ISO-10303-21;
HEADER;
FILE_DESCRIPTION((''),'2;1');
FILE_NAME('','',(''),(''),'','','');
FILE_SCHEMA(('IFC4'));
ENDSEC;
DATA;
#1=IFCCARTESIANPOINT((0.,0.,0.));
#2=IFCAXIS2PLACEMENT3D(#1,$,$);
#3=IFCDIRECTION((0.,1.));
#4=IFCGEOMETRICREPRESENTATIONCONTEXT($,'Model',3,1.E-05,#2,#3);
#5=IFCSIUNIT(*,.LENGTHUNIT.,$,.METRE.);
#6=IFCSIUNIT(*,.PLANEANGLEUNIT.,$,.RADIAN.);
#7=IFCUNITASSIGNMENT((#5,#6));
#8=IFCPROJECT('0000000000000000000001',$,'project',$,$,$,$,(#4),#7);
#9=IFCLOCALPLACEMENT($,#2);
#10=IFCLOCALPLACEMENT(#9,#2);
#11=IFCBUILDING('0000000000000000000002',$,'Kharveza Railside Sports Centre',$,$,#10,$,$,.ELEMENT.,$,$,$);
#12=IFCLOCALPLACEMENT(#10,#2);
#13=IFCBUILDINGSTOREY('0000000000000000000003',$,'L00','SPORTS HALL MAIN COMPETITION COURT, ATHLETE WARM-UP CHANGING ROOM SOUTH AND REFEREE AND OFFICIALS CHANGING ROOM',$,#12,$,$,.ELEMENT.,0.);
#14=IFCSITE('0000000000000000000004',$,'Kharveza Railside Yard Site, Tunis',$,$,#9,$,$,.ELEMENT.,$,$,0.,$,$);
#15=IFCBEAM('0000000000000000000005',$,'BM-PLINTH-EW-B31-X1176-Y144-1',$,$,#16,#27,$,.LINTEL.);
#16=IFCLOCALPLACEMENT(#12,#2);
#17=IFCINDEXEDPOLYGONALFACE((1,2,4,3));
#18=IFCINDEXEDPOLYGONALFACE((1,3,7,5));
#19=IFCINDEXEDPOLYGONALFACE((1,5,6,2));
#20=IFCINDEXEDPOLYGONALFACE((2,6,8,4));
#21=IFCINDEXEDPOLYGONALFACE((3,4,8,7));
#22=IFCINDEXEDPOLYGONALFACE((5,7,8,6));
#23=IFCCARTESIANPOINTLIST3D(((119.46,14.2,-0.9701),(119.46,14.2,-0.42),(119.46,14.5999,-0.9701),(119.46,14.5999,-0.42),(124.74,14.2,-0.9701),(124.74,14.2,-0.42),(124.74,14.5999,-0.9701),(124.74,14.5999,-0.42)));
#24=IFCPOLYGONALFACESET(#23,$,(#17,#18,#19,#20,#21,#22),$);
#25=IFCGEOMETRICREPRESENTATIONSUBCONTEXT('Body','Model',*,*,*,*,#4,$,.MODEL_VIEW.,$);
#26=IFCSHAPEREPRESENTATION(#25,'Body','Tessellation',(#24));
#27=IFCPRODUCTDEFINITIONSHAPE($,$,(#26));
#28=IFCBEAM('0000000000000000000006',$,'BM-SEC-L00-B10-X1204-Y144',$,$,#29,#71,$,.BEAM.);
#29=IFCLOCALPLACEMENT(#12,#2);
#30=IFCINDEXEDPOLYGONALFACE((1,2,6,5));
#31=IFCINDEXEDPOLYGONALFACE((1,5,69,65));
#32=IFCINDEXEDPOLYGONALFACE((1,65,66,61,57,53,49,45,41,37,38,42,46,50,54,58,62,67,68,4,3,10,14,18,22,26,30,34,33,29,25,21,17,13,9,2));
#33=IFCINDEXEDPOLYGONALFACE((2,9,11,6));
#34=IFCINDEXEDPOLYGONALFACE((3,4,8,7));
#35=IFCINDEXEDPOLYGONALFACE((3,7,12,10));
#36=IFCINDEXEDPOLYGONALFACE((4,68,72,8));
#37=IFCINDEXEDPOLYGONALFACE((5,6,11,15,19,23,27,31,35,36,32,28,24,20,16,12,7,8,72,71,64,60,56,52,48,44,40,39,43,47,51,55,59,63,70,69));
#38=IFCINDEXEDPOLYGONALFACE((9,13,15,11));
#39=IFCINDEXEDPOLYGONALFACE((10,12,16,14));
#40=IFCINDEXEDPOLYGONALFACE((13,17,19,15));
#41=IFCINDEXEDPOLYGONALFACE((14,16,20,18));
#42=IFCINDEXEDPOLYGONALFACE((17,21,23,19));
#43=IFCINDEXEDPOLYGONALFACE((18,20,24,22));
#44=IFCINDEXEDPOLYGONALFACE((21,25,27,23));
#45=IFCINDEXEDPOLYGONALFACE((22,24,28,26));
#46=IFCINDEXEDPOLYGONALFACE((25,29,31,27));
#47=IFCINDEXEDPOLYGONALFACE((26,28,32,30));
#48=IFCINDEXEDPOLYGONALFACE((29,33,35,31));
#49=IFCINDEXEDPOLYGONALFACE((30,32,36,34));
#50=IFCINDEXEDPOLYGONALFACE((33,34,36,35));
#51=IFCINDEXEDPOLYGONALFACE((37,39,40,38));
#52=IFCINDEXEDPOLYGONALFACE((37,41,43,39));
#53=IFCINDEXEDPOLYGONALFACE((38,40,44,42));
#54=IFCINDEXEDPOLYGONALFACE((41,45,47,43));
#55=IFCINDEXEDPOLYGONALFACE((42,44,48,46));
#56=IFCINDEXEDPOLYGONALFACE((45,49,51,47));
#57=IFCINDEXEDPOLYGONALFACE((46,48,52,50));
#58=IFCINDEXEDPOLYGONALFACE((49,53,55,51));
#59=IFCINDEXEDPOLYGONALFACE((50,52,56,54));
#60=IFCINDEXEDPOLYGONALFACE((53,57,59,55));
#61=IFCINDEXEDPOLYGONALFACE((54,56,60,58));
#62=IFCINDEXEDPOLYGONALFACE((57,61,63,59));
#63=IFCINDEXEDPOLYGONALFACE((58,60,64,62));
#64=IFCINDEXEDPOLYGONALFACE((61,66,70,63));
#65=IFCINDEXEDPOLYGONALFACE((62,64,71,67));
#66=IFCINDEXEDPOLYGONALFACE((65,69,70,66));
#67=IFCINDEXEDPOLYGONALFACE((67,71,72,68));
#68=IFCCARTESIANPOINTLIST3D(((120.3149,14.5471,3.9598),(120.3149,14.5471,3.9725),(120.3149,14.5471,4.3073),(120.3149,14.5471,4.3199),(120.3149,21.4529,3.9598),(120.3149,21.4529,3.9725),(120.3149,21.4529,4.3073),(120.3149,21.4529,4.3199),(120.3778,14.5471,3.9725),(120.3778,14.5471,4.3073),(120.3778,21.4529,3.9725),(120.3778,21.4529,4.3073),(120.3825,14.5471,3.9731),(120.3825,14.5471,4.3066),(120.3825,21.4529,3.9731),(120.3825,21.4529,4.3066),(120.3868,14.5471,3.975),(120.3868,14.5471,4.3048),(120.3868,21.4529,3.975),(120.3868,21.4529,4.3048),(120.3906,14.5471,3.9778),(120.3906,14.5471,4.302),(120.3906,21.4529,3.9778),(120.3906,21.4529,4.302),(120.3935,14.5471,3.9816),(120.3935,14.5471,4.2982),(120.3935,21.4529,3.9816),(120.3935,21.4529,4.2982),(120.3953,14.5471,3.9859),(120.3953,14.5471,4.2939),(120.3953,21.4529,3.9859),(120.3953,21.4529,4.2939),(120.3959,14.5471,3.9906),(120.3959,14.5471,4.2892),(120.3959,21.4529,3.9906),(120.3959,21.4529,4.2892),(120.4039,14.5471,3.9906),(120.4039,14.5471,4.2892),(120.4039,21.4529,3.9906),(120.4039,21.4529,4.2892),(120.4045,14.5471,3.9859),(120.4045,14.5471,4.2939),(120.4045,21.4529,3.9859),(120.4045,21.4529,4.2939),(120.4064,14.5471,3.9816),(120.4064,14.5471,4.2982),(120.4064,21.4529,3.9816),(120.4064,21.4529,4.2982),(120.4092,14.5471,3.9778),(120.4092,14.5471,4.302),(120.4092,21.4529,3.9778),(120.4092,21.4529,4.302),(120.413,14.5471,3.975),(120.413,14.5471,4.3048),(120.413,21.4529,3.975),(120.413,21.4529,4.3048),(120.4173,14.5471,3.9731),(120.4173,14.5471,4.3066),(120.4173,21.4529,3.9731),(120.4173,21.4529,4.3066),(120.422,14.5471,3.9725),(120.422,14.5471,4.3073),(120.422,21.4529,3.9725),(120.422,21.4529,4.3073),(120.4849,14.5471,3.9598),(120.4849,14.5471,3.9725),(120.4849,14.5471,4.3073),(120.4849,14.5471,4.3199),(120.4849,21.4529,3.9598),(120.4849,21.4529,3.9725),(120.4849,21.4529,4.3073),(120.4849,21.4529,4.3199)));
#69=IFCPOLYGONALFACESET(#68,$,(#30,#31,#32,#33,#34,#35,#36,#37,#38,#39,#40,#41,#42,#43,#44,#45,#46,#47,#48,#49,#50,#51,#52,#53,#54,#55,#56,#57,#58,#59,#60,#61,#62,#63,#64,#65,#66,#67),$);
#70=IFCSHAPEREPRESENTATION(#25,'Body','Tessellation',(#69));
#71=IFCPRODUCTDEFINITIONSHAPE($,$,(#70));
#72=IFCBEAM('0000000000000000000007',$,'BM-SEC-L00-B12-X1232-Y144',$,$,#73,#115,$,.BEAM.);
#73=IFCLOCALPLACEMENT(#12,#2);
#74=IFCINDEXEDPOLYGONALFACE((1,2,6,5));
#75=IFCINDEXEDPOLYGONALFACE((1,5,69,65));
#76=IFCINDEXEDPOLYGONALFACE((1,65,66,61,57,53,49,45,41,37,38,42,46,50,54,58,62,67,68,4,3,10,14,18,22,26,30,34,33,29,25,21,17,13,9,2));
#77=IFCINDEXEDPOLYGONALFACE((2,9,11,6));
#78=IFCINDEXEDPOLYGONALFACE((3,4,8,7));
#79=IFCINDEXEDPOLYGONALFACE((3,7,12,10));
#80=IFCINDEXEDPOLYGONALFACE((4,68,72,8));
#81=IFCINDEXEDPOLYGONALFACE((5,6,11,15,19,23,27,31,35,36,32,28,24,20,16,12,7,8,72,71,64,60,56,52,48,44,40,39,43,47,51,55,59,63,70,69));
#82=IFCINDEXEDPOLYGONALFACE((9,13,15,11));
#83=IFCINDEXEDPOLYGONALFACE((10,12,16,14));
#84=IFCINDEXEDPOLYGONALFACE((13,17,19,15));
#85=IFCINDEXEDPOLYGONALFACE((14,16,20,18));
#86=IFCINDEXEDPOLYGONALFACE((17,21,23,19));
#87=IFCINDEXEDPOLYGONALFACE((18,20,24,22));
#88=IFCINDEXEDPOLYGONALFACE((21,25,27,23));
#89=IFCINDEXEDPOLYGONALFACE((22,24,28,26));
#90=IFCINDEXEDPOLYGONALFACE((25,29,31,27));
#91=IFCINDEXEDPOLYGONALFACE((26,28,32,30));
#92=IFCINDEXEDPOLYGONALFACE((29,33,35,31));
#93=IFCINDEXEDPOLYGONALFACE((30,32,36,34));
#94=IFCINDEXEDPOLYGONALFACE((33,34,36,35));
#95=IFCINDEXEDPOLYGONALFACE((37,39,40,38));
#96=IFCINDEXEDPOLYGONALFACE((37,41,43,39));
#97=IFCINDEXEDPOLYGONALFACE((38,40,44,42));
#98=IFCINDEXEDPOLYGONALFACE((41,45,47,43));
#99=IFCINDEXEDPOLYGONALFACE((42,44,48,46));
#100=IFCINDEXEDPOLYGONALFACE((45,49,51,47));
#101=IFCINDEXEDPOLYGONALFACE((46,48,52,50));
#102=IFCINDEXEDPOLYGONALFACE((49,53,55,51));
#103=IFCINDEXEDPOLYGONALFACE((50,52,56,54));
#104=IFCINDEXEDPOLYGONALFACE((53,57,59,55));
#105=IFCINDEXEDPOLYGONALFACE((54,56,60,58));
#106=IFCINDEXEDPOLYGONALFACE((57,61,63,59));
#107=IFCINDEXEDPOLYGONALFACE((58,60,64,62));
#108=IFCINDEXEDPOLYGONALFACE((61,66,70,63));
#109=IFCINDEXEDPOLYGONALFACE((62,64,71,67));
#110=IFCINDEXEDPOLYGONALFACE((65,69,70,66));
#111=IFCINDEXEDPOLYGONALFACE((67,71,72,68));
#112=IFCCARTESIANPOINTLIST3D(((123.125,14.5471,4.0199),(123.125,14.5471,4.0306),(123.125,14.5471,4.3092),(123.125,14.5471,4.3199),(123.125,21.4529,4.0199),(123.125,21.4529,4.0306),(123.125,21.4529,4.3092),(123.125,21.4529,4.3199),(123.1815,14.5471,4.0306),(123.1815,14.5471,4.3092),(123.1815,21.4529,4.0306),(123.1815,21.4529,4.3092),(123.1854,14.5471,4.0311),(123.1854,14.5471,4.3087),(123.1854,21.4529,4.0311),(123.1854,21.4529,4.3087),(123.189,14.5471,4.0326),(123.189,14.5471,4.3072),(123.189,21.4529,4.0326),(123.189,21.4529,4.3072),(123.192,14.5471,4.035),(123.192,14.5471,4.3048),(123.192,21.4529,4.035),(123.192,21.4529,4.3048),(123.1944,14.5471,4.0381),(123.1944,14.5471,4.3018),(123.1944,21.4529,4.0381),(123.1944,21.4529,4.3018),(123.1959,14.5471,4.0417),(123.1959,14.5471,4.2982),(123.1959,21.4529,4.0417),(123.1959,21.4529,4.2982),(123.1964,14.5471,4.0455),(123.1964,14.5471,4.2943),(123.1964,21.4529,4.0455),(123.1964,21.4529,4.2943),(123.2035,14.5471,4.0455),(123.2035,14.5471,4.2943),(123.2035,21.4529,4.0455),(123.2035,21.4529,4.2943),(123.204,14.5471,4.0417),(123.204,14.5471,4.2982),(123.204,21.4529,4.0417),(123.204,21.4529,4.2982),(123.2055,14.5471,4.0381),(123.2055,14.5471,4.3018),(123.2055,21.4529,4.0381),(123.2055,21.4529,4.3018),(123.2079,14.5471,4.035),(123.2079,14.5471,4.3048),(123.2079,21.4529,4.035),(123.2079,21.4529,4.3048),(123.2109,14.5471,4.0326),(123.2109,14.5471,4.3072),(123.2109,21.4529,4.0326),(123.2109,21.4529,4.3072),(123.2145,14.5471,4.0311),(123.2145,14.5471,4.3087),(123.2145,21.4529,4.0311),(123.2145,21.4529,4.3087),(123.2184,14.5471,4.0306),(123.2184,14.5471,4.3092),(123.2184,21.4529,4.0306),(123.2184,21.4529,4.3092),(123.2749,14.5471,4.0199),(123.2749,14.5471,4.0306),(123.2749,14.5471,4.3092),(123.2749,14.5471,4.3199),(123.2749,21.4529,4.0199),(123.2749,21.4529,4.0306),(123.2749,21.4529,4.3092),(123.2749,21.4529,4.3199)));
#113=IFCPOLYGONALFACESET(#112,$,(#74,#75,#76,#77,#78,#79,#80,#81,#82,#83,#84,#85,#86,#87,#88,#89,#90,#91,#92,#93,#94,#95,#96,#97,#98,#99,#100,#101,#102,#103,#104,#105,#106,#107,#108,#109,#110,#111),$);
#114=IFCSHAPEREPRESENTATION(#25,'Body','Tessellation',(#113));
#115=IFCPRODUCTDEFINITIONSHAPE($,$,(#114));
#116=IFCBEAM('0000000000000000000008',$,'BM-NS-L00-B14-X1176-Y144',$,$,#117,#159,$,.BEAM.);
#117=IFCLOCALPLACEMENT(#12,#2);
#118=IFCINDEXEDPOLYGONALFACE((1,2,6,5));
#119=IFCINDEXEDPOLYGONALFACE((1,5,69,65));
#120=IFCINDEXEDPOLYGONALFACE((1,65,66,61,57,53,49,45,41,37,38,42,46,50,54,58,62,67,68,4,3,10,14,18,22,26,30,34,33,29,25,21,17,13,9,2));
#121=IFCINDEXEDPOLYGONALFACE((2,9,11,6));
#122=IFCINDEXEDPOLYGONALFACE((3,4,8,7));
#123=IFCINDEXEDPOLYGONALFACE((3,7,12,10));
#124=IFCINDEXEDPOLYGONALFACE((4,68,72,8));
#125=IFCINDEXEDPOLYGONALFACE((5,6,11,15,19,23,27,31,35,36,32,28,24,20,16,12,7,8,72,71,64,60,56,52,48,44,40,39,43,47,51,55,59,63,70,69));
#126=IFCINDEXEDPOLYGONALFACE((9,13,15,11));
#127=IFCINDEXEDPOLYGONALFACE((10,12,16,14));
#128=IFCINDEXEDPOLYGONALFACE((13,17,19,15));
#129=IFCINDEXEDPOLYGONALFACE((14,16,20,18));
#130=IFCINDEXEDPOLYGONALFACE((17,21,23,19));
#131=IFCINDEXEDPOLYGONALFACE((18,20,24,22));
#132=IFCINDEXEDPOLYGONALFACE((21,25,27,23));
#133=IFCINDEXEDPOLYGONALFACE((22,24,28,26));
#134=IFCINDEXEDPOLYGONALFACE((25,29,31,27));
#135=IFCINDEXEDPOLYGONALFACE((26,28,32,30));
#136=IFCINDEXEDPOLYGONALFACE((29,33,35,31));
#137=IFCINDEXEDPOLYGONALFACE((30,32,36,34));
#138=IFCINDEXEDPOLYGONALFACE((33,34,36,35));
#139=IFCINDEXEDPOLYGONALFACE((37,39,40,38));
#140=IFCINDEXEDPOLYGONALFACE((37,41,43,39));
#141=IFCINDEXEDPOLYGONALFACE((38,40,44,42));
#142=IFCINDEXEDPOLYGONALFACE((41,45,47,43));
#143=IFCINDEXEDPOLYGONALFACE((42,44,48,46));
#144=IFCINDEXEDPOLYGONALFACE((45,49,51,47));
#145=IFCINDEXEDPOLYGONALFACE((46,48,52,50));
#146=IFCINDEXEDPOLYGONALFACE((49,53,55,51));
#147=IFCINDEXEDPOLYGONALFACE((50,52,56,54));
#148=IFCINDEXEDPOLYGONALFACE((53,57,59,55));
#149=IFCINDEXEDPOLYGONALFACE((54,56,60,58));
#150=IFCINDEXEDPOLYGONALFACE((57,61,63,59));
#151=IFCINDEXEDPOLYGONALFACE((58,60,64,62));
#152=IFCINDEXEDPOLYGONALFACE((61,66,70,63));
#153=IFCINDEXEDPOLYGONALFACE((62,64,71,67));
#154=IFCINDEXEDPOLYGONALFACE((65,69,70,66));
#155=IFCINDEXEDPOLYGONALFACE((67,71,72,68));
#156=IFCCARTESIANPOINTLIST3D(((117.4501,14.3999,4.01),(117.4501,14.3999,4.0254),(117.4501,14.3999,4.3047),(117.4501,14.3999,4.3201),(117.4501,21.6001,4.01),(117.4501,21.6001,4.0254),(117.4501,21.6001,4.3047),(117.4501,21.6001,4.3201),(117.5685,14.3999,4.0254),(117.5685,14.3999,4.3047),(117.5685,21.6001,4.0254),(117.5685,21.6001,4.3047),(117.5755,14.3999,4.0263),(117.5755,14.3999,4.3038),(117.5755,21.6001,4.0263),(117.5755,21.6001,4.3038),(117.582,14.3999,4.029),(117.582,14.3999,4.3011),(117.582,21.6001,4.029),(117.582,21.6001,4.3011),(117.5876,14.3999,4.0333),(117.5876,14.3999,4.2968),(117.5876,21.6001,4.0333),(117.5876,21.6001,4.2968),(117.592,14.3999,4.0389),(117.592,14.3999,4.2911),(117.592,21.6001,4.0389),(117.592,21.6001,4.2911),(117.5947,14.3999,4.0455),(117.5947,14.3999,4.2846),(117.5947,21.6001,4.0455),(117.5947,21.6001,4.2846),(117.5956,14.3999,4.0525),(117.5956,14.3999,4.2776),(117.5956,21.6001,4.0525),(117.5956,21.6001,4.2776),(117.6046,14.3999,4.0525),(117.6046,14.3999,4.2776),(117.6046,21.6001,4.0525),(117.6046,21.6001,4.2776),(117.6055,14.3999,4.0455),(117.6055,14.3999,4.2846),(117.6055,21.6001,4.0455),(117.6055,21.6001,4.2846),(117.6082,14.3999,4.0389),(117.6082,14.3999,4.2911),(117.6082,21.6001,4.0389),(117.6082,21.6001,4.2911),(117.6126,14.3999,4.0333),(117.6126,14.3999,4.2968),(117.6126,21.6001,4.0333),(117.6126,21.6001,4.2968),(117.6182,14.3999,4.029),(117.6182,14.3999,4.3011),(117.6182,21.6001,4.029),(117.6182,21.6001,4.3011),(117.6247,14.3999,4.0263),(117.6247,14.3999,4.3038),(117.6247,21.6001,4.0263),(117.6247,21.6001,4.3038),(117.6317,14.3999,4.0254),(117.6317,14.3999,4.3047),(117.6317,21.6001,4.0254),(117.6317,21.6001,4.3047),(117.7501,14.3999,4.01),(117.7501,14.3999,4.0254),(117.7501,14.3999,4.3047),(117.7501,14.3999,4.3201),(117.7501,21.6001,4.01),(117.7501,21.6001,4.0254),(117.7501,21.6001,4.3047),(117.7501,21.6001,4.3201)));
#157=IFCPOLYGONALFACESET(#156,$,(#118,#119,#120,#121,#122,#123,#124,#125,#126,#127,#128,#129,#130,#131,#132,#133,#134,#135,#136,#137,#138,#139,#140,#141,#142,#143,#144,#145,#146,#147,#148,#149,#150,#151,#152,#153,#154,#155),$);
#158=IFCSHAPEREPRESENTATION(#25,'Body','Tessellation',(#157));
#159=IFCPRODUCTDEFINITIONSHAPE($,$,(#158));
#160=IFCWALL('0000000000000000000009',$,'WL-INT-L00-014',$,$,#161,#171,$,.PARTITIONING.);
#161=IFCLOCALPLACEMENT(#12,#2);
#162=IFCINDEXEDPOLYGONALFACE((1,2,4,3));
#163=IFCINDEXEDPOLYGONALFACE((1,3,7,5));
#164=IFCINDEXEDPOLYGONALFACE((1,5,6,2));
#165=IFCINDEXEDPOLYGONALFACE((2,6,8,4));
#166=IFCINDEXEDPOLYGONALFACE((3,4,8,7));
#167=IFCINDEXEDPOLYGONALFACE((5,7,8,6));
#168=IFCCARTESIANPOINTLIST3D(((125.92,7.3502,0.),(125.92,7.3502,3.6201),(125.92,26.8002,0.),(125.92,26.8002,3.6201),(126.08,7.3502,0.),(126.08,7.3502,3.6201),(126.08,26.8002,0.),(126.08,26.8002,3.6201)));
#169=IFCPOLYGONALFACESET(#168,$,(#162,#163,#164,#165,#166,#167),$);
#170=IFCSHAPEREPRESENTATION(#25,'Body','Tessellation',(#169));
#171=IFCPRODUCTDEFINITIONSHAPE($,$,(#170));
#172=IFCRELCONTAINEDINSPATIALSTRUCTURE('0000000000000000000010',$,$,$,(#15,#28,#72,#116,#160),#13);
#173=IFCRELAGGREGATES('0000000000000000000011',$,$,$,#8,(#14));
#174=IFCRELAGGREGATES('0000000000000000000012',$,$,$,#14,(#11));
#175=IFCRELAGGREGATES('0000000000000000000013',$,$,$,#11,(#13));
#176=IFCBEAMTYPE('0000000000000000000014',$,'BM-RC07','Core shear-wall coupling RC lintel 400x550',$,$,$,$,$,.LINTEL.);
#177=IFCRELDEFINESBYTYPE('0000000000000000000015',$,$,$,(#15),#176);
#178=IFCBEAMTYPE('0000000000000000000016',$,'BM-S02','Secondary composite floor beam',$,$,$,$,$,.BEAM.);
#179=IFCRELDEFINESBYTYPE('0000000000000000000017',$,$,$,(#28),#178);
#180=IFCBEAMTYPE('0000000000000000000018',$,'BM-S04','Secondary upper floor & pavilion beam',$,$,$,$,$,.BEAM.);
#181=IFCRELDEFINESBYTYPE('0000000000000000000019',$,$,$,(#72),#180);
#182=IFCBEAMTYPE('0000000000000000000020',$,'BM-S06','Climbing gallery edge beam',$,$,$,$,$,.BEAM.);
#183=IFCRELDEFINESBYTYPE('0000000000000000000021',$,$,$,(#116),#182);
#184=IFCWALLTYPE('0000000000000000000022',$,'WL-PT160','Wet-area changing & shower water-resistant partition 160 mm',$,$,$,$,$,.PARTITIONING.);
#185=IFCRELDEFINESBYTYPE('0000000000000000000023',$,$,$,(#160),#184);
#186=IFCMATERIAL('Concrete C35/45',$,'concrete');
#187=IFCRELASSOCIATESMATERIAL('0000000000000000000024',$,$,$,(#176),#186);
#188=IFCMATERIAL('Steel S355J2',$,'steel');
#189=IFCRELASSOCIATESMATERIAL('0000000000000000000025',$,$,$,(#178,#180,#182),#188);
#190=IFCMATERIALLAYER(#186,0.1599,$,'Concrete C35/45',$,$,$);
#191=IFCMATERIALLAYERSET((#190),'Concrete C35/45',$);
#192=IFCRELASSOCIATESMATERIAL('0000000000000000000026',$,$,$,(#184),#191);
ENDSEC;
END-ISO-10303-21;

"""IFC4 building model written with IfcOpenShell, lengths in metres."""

from ifc_helpers import new_model, si_unit, direction, frame, frame_2d, origin, origin_2d, place, context, subcontext, project, spatial, rectangle, i_section, extrude, material, layer, layer_set, material_profile, profile_set, type_object, element, save


model = new_model("IFC4")

# Units and contexts
model_context = context("Model", 3, precision=1e-05, world=origin(), true_north=direction((0.0, 1.0)))
body_context = subcontext(model_context, "Body", "Model", "MODEL_VIEW")
ifc_project = project(units=[si_unit("LENGTHUNIT", "METRE"), si_unit("PLANEANGLEUNIT", "RADIAN")], contexts=[model_context])

# Site, building, storey
site_placement = place(None, origin())
site = spatial("IfcSite", under=ifc_project, at=site_placement, Name="Kharveza Railside Yard Site, Tunis", CompositionType="ELEMENT", RefElevation=0.0)
building_placement = place(site_placement, origin())
building = spatial("IfcBuilding", under=site, at=building_placement, Name="Kharveza Railside Sports Centre", CompositionType="ELEMENT")
storey_placement = place(building_placement, origin())
storey = spatial("IfcBuildingStorey", under=building, at=storey_placement, Name="L00", Description="SPORTS HALL MAIN COMPETITION COURT, ATHLETE WARM-UP CHANGING ROOM SOUTH AND REFEREE AND OFFICIALS CHANGING ROOM", CompositionType="ELEMENT", Elevation=0.0)

# Shared definitions
ifc_material_1 = material(Name="Concrete C35/45", Category="concrete")

# Shared definitions
ifc_material_2 = material(Name="Steel S355J2", Category="steel")

# Beams
ifc_material_profile_1 = material_profile(ifc_material_1, rectangle(XDim=0.3999, YDim=0.55, at=origin_2d()), Name="RCB 400x550")
ifc_profile_set_1 = profile_set([ifc_material_profile_1], Name="Concrete C35/45")
beam_type_1 = type_object("IfcBeamType", Name="BM-RC07", Description="Core shear-wall coupling RC lintel 400x550", PredefinedType="LINTEL", material=ifc_profile_set_1)
beam_1_placement = place(storey_placement, frame((119.46, 14.3999, -0.6951), z_axis=(1.0, 0.0, 0.0), x_axis=(0.0, 1.0, 0.0)))
element("IfcBeam", 1, at=beam_1_placement, inside=storey, type_object=beam_type_1, Name="BM-PLINTH-EW-B31-X1176-Y144-1", PredefinedType="LINTEL", context=body_context, shape_type="SweptSolid", body=[
    extrude(rectangle(XDim=0.3999, YDim=0.55, at=origin_2d()), origin(), (0.0, 0.0, 1.0), 5.28),
])
ifc_material_profile_2 = material_profile(ifc_material_2, i_section(OverallWidth=0.1699, OverallDepth=0.3601, WebThickness=0.0081, FlangeThickness=0.0127, FilletRadius=0.0181, at=origin_2d()), Name="IPE 360")
ifc_profile_set_2 = profile_set([ifc_material_profile_2], Name="Steel S355J2")
beam_type_2 = type_object("IfcBeamType", Name="BM-S02", Description="Secondary composite floor beam", PredefinedType="BEAM", material=ifc_profile_set_2)
beam_2_placement = place(storey_placement, frame((120.3999, 14.5471, 4.1399), z_axis=(0.0, 1.0, 0.0), x_axis=(-1.0, 0.0, 0.0)))
element("IfcBeam", 2, at=beam_2_placement, inside=storey, type_object=beam_type_2, Name="BM-SEC-L00-B10-X1204-Y144", PredefinedType="BEAM", context=body_context, shape_type="SweptSolid", body=[
    extrude(i_section(OverallWidth=0.1699, OverallDepth=0.3601, WebThickness=0.0081, FlangeThickness=0.0127, FilletRadius=0.0181, at=origin_2d()), origin(), (0.0, 0.0, 1.0), 6.9058),
])
ifc_material_profile_3 = material_profile(ifc_material_2, i_section(OverallWidth=0.1499, OverallDepth=0.3, WebThickness=0.0071, FlangeThickness=0.0107, FilletRadius=0.0149, at=origin_2d()), Name="IPE 300")
ifc_profile_set_3 = profile_set([ifc_material_profile_3], Name="Steel S355J2")
beam_type_3 = type_object("IfcBeamType", Name="BM-S04", Description="Secondary upper floor & pavilion beam", PredefinedType="BEAM", material=ifc_profile_set_3)
beam_3_placement = place(storey_placement, frame((123.2, 14.5471, 4.1699), z_axis=(0.0, 1.0, 0.0), x_axis=(-1.0, 0.0, 0.0)))
element("IfcBeam", 3, at=beam_3_placement, inside=storey, type_object=beam_type_3, Name="BM-SEC-L00-B12-X1232-Y144", PredefinedType="BEAM", context=body_context, shape_type="SweptSolid", body=[
    extrude(i_section(OverallWidth=0.1499, OverallDepth=0.3, WebThickness=0.0071, FlangeThickness=0.0107, FilletRadius=0.0149, at=origin_2d()), origin(), (0.0, 0.0, 1.0), 6.9058),
])
ifc_material_profile_4 = material_profile(ifc_material_2, i_section(OverallWidth=0.3, OverallDepth=0.3101, WebThickness=0.009, FlangeThickness=0.0154, FilletRadius=0.0271, at=origin_2d()), Name="HEA 320")
ifc_profile_set_4 = profile_set([ifc_material_profile_4], Name="Steel S355J2")
beam_type_4 = type_object("IfcBeamType", Name="BM-S06", Description="Climbing gallery edge beam", PredefinedType="BEAM", material=ifc_profile_set_4)
beam_4_placement = place(storey_placement, frame((117.6001, 14.3999, 4.165), z_axis=(0.0, 1.0, 0.0), x_axis=(-1.0, 0.0, 0.0)))
element("IfcBeam", 4, at=beam_4_placement, inside=storey, type_object=beam_type_4, Name="BM-NS-L00-B14-X1176-Y144", PredefinedType="BEAM", context=body_context, shape_type="SweptSolid", body=[
    extrude(i_section(OverallWidth=0.3, OverallDepth=0.3101, WebThickness=0.009, FlangeThickness=0.0154, FilletRadius=0.0271, at=origin_2d()), origin(), (0.0, 0.0, 1.0), 7.2002),
])

# Wall
ifc_layer = layer(ifc_material_1, 0.1599, Name="Concrete C35/45")
ifc_layer_set = layer_set([ifc_layer], Name="Concrete C35/45")
wall_type = type_object("IfcWallType", Name="WL-PT160", Description="Wet-area changing & shower water-resistant partition 160 mm", PredefinedType="PARTITIONING", material=ifc_layer_set)
wall_placement = place(storey_placement, frame((126.0, 7.3501, 0.0), z_axis=(0.0, 0.0, 1.0), x_axis=(0.0, 1.0, 0.0)))
element("IfcWall", 5, at=wall_placement, inside=storey, type_object=wall_type, Name="WL-INT-L00-014", PredefinedType="PARTITIONING", context=body_context, shape_type="SweptSolid", body=[
    extrude(rectangle(XDim=19.45, YDim=0.1599, at=frame_2d((9.7251, 0.0))), origin(), (0.0, 0.0, 1.0), 3.6201),
])

save(model, "model.ifc")
